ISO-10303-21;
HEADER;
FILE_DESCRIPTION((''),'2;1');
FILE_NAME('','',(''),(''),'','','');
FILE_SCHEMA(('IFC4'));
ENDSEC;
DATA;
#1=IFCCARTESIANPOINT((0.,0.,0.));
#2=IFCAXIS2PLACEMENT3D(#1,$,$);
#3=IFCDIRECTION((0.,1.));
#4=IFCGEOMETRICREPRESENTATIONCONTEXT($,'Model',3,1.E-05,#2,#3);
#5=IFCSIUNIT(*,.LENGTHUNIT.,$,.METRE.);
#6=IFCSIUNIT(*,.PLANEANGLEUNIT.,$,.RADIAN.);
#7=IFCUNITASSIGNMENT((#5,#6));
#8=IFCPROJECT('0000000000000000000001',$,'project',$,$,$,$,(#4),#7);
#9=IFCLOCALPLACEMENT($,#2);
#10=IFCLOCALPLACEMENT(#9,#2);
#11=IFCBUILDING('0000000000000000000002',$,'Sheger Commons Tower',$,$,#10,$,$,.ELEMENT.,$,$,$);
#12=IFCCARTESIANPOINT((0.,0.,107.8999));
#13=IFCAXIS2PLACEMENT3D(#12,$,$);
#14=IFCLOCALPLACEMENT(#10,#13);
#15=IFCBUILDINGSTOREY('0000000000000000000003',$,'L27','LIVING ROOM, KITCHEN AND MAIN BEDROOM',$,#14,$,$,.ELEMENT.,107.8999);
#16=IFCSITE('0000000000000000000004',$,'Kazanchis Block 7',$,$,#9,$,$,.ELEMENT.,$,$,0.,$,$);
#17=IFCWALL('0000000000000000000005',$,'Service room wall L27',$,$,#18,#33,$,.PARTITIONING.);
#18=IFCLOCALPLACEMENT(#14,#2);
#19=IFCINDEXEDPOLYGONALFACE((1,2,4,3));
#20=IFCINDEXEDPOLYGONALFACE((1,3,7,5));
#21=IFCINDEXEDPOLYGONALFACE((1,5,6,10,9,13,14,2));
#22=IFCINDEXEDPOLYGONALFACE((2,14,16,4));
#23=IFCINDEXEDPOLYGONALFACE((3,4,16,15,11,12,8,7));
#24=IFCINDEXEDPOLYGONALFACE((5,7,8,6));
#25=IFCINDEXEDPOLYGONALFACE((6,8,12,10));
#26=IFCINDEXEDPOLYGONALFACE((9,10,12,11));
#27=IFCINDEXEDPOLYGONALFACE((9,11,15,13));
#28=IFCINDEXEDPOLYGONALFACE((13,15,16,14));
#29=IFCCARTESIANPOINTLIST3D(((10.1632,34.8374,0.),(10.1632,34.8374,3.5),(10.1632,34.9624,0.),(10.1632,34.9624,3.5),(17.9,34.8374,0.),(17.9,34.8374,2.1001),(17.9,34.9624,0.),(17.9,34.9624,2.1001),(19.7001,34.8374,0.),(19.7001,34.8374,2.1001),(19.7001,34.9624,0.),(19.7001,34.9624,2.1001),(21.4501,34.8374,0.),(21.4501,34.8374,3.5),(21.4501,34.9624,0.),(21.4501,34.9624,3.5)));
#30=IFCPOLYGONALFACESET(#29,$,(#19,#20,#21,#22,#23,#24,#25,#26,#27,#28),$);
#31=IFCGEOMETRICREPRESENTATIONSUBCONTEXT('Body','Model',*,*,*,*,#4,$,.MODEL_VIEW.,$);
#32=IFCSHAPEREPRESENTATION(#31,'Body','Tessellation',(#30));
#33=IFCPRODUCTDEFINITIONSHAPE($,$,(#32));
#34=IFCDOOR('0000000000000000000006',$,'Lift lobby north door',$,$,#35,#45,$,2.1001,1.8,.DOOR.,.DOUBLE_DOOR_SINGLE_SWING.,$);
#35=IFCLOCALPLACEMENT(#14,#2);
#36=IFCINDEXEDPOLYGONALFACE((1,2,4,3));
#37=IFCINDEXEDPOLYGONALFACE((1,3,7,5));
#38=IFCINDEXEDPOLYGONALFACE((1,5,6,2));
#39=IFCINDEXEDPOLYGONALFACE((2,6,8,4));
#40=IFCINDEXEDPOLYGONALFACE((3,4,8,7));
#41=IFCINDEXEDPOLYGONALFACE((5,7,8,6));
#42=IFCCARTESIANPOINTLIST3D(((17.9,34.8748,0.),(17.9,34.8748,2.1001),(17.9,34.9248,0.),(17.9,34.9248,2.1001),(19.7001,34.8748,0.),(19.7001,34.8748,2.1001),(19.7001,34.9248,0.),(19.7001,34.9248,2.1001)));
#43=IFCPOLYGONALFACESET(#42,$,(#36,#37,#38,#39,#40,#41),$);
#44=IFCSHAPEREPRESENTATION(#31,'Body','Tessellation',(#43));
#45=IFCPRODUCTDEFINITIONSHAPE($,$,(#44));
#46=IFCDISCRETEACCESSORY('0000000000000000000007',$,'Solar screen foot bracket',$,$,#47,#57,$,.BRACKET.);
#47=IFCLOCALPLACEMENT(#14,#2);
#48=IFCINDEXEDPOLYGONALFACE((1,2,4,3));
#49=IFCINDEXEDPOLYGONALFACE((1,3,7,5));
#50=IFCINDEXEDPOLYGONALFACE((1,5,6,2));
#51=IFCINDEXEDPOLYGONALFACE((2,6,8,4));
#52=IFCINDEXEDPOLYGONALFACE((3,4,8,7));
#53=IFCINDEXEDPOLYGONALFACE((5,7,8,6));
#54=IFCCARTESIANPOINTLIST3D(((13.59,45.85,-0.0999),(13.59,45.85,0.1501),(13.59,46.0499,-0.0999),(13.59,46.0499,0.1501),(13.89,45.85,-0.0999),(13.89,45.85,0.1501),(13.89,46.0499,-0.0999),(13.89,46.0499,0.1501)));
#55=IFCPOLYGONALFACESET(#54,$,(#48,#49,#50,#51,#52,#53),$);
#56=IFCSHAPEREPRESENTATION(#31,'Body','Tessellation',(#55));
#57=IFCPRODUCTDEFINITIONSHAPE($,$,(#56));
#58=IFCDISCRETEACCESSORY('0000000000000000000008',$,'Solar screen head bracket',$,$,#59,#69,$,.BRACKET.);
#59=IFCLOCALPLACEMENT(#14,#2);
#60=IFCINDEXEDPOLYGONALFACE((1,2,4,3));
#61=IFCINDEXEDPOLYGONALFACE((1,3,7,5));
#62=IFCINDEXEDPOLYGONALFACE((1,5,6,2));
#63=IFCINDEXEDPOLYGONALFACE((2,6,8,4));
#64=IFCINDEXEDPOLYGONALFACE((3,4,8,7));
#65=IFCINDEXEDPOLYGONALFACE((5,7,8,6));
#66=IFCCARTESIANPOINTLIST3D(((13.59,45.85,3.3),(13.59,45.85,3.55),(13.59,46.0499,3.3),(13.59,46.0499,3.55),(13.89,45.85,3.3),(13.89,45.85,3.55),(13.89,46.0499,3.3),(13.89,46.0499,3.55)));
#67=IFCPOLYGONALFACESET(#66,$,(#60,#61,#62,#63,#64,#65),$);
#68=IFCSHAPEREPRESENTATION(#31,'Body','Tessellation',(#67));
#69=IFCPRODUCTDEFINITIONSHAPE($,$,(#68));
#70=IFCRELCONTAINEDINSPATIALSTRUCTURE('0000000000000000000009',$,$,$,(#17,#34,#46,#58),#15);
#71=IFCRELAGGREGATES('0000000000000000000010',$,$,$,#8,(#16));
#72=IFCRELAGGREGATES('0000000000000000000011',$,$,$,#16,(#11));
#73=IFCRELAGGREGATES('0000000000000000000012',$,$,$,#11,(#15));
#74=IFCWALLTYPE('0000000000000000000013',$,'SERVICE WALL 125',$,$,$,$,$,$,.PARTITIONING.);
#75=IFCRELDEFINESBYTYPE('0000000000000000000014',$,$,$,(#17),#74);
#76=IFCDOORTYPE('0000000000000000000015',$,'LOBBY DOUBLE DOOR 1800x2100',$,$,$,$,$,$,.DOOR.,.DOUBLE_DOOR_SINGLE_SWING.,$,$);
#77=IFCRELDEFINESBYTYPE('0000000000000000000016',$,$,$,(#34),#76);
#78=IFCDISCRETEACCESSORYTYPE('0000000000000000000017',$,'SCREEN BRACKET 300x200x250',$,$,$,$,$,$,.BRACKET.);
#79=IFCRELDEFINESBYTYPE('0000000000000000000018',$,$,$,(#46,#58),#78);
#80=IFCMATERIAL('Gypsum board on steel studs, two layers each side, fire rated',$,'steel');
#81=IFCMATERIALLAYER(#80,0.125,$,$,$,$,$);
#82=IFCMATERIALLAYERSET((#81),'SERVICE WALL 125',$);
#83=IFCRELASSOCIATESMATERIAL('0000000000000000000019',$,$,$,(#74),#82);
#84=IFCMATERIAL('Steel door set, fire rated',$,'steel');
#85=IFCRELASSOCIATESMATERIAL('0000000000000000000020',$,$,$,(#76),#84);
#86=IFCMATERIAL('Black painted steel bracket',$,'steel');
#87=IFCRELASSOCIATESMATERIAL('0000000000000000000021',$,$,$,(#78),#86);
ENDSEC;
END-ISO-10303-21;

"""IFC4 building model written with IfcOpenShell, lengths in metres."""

from ifc_helpers import new_model, si_unit, direction, frame, frame_2d, origin, origin_2d, place, context, subcontext, project, spatial, rectangle, extrude, material, layer, layer_set, type_object, element, fill, save


model = new_model("IFC4")

# Units and contexts
model_context = context("Model", 3, precision=1e-05, world=origin(), true_north=direction((0.0, 1.0)))
body_context = subcontext(model_context, "Body", "Model", "MODEL_VIEW")
ifc_project = project(units=[si_unit("LENGTHUNIT", "METRE"), si_unit("PLANEANGLEUNIT", "RADIAN")], contexts=[model_context])

# Site, building, storey
site_placement = place(None, origin())
site = spatial("IfcSite", under=ifc_project, at=site_placement, Name="Kazanchis Block 7", CompositionType="ELEMENT", RefElevation=0.0)
building_placement = place(site_placement, origin())
building = spatial("IfcBuilding", under=site, at=building_placement, Name="Sheger Commons Tower", CompositionType="ELEMENT")
storey_placement = place(building_placement, frame((0.0, 0.0, 107.8999)))
storey = spatial("IfcBuildingStorey", under=building, at=storey_placement, Name="L27", Description="LIVING ROOM, KITCHEN AND MAIN BEDROOM", CompositionType="ELEMENT", Elevation=107.8999)

# Wall, opening, door
ifc_material_1 = material(Name="Gypsum board on steel studs, two layers each side, fire rated", Category="steel")
ifc_layer_1 = layer(ifc_material_1, 0.125)
ifc_layer_set_1 = layer_set([ifc_layer_1], Name="SERVICE WALL 125")
wall_type_1 = type_object("IfcWallType", Name="SERVICE WALL 125", PredefinedType="PARTITIONING", material=ifc_layer_set_1)
wall_1_placement = place(storey_placement, frame((10.1631, 34.8999, 0.0), z_axis=(0.0, 0.0, 1.0), x_axis=(1.0, 0.0, 0.0)))
wall_1 = element("IfcWall", 1, at=wall_1_placement, inside=storey, type_object=wall_type_1, Name="Service room wall L27", PredefinedType="PARTITIONING", context=body_context, shape_type="SweptSolid", body=[
    extrude(rectangle(XDim=11.2869, YDim=0.125, at=frame_2d((5.6436, 0.0))), origin(), (0.0, 0.0, 1.0), 3.5),
])
opening_1_placement = place(wall_1_placement, frame((7.7371, 0.0, 0.0)))
opening_1 = element("IfcOpeningElement", 2, at=opening_1_placement, cuts=wall_1, PredefinedType="OPENING", context=body_context, shape_type="SweptSolid", body=[
    extrude(rectangle(XDim=1.8, YDim=2.1001, at=frame_2d((0.8999, 1.05))), frame((0.0, 0.0725, 0.0), z_axis=(0.0, -1.0, 0.0), x_axis=(1.0, 0.0, 0.0)), (0.0, 0.0, 1.0), 0.145),
])
ifc_material_2 = material(Name="Steel door set, fire rated", Category="steel")
door_type_1 = type_object("IfcDoorType", Name="LOBBY DOUBLE DOOR 1800x2100", OperationType="DOUBLE_DOOR_SINGLE_SWING", PredefinedType="DOOR", material=ifc_material_2)
door_1_placement = place(opening_1_placement, origin())
door_1 = element("IfcDoor", 3, at=door_1_placement, inside=storey, type_object=door_type_1, Name="Lift lobby north door", OperationType="DOUBLE_DOOR_SINGLE_SWING", OverallHeight=2.1001, OverallWidth=1.8, PredefinedType="DOOR", context=body_context, shape_type="SweptSolid", body=[
    extrude(rectangle(XDim=1.8, YDim=2.1001, at=frame_2d((0.8999, 1.05))), frame((0.0, 0.0249, 0.0), z_axis=(0.0, -1.0, 0.0), x_axis=(1.0, 0.0, 0.0)), (0.0, 0.0, 1.0), 0.05),
])
fill(opening_1, door_1)

# Discrete accessories
ifc_material_3 = material(Name="Black painted steel bracket", Category="steel")
discrete_accessory_type = type_object("IfcDiscreteAccessoryType", Name="SCREEN BRACKET 300x200x250", PredefinedType="BRACKET", material=ifc_material_3)
for number, where, z_axis, x_axis, name in (
    (4, (13.74, 45.95, -0.0999), (0.0, 0.0, 1.0), (-1.0, 0.0, 0.0), "Solar screen foot bracket"),
    (5, (13.74, 45.95, 3.3), (0.0, 0.0, 1.0), (-1.0, 0.0, 0.0), "Solar screen head bracket"),
):
    element("IfcDiscreteAccessory", number, at=place(storey_placement, frame(where, z_axis=z_axis, x_axis=x_axis)), inside=storey, type_object=discrete_accessory_type, Name=name, PredefinedType="BRACKET", context=body_context, shape_type="SweptSolid", body=[
        extrude(rectangle(XDim=0.3, YDim=0.2, at=origin_2d()), origin(), (0.0, 0.0, 1.0), 0.25),
    ])

save(model, "model.ifc")
